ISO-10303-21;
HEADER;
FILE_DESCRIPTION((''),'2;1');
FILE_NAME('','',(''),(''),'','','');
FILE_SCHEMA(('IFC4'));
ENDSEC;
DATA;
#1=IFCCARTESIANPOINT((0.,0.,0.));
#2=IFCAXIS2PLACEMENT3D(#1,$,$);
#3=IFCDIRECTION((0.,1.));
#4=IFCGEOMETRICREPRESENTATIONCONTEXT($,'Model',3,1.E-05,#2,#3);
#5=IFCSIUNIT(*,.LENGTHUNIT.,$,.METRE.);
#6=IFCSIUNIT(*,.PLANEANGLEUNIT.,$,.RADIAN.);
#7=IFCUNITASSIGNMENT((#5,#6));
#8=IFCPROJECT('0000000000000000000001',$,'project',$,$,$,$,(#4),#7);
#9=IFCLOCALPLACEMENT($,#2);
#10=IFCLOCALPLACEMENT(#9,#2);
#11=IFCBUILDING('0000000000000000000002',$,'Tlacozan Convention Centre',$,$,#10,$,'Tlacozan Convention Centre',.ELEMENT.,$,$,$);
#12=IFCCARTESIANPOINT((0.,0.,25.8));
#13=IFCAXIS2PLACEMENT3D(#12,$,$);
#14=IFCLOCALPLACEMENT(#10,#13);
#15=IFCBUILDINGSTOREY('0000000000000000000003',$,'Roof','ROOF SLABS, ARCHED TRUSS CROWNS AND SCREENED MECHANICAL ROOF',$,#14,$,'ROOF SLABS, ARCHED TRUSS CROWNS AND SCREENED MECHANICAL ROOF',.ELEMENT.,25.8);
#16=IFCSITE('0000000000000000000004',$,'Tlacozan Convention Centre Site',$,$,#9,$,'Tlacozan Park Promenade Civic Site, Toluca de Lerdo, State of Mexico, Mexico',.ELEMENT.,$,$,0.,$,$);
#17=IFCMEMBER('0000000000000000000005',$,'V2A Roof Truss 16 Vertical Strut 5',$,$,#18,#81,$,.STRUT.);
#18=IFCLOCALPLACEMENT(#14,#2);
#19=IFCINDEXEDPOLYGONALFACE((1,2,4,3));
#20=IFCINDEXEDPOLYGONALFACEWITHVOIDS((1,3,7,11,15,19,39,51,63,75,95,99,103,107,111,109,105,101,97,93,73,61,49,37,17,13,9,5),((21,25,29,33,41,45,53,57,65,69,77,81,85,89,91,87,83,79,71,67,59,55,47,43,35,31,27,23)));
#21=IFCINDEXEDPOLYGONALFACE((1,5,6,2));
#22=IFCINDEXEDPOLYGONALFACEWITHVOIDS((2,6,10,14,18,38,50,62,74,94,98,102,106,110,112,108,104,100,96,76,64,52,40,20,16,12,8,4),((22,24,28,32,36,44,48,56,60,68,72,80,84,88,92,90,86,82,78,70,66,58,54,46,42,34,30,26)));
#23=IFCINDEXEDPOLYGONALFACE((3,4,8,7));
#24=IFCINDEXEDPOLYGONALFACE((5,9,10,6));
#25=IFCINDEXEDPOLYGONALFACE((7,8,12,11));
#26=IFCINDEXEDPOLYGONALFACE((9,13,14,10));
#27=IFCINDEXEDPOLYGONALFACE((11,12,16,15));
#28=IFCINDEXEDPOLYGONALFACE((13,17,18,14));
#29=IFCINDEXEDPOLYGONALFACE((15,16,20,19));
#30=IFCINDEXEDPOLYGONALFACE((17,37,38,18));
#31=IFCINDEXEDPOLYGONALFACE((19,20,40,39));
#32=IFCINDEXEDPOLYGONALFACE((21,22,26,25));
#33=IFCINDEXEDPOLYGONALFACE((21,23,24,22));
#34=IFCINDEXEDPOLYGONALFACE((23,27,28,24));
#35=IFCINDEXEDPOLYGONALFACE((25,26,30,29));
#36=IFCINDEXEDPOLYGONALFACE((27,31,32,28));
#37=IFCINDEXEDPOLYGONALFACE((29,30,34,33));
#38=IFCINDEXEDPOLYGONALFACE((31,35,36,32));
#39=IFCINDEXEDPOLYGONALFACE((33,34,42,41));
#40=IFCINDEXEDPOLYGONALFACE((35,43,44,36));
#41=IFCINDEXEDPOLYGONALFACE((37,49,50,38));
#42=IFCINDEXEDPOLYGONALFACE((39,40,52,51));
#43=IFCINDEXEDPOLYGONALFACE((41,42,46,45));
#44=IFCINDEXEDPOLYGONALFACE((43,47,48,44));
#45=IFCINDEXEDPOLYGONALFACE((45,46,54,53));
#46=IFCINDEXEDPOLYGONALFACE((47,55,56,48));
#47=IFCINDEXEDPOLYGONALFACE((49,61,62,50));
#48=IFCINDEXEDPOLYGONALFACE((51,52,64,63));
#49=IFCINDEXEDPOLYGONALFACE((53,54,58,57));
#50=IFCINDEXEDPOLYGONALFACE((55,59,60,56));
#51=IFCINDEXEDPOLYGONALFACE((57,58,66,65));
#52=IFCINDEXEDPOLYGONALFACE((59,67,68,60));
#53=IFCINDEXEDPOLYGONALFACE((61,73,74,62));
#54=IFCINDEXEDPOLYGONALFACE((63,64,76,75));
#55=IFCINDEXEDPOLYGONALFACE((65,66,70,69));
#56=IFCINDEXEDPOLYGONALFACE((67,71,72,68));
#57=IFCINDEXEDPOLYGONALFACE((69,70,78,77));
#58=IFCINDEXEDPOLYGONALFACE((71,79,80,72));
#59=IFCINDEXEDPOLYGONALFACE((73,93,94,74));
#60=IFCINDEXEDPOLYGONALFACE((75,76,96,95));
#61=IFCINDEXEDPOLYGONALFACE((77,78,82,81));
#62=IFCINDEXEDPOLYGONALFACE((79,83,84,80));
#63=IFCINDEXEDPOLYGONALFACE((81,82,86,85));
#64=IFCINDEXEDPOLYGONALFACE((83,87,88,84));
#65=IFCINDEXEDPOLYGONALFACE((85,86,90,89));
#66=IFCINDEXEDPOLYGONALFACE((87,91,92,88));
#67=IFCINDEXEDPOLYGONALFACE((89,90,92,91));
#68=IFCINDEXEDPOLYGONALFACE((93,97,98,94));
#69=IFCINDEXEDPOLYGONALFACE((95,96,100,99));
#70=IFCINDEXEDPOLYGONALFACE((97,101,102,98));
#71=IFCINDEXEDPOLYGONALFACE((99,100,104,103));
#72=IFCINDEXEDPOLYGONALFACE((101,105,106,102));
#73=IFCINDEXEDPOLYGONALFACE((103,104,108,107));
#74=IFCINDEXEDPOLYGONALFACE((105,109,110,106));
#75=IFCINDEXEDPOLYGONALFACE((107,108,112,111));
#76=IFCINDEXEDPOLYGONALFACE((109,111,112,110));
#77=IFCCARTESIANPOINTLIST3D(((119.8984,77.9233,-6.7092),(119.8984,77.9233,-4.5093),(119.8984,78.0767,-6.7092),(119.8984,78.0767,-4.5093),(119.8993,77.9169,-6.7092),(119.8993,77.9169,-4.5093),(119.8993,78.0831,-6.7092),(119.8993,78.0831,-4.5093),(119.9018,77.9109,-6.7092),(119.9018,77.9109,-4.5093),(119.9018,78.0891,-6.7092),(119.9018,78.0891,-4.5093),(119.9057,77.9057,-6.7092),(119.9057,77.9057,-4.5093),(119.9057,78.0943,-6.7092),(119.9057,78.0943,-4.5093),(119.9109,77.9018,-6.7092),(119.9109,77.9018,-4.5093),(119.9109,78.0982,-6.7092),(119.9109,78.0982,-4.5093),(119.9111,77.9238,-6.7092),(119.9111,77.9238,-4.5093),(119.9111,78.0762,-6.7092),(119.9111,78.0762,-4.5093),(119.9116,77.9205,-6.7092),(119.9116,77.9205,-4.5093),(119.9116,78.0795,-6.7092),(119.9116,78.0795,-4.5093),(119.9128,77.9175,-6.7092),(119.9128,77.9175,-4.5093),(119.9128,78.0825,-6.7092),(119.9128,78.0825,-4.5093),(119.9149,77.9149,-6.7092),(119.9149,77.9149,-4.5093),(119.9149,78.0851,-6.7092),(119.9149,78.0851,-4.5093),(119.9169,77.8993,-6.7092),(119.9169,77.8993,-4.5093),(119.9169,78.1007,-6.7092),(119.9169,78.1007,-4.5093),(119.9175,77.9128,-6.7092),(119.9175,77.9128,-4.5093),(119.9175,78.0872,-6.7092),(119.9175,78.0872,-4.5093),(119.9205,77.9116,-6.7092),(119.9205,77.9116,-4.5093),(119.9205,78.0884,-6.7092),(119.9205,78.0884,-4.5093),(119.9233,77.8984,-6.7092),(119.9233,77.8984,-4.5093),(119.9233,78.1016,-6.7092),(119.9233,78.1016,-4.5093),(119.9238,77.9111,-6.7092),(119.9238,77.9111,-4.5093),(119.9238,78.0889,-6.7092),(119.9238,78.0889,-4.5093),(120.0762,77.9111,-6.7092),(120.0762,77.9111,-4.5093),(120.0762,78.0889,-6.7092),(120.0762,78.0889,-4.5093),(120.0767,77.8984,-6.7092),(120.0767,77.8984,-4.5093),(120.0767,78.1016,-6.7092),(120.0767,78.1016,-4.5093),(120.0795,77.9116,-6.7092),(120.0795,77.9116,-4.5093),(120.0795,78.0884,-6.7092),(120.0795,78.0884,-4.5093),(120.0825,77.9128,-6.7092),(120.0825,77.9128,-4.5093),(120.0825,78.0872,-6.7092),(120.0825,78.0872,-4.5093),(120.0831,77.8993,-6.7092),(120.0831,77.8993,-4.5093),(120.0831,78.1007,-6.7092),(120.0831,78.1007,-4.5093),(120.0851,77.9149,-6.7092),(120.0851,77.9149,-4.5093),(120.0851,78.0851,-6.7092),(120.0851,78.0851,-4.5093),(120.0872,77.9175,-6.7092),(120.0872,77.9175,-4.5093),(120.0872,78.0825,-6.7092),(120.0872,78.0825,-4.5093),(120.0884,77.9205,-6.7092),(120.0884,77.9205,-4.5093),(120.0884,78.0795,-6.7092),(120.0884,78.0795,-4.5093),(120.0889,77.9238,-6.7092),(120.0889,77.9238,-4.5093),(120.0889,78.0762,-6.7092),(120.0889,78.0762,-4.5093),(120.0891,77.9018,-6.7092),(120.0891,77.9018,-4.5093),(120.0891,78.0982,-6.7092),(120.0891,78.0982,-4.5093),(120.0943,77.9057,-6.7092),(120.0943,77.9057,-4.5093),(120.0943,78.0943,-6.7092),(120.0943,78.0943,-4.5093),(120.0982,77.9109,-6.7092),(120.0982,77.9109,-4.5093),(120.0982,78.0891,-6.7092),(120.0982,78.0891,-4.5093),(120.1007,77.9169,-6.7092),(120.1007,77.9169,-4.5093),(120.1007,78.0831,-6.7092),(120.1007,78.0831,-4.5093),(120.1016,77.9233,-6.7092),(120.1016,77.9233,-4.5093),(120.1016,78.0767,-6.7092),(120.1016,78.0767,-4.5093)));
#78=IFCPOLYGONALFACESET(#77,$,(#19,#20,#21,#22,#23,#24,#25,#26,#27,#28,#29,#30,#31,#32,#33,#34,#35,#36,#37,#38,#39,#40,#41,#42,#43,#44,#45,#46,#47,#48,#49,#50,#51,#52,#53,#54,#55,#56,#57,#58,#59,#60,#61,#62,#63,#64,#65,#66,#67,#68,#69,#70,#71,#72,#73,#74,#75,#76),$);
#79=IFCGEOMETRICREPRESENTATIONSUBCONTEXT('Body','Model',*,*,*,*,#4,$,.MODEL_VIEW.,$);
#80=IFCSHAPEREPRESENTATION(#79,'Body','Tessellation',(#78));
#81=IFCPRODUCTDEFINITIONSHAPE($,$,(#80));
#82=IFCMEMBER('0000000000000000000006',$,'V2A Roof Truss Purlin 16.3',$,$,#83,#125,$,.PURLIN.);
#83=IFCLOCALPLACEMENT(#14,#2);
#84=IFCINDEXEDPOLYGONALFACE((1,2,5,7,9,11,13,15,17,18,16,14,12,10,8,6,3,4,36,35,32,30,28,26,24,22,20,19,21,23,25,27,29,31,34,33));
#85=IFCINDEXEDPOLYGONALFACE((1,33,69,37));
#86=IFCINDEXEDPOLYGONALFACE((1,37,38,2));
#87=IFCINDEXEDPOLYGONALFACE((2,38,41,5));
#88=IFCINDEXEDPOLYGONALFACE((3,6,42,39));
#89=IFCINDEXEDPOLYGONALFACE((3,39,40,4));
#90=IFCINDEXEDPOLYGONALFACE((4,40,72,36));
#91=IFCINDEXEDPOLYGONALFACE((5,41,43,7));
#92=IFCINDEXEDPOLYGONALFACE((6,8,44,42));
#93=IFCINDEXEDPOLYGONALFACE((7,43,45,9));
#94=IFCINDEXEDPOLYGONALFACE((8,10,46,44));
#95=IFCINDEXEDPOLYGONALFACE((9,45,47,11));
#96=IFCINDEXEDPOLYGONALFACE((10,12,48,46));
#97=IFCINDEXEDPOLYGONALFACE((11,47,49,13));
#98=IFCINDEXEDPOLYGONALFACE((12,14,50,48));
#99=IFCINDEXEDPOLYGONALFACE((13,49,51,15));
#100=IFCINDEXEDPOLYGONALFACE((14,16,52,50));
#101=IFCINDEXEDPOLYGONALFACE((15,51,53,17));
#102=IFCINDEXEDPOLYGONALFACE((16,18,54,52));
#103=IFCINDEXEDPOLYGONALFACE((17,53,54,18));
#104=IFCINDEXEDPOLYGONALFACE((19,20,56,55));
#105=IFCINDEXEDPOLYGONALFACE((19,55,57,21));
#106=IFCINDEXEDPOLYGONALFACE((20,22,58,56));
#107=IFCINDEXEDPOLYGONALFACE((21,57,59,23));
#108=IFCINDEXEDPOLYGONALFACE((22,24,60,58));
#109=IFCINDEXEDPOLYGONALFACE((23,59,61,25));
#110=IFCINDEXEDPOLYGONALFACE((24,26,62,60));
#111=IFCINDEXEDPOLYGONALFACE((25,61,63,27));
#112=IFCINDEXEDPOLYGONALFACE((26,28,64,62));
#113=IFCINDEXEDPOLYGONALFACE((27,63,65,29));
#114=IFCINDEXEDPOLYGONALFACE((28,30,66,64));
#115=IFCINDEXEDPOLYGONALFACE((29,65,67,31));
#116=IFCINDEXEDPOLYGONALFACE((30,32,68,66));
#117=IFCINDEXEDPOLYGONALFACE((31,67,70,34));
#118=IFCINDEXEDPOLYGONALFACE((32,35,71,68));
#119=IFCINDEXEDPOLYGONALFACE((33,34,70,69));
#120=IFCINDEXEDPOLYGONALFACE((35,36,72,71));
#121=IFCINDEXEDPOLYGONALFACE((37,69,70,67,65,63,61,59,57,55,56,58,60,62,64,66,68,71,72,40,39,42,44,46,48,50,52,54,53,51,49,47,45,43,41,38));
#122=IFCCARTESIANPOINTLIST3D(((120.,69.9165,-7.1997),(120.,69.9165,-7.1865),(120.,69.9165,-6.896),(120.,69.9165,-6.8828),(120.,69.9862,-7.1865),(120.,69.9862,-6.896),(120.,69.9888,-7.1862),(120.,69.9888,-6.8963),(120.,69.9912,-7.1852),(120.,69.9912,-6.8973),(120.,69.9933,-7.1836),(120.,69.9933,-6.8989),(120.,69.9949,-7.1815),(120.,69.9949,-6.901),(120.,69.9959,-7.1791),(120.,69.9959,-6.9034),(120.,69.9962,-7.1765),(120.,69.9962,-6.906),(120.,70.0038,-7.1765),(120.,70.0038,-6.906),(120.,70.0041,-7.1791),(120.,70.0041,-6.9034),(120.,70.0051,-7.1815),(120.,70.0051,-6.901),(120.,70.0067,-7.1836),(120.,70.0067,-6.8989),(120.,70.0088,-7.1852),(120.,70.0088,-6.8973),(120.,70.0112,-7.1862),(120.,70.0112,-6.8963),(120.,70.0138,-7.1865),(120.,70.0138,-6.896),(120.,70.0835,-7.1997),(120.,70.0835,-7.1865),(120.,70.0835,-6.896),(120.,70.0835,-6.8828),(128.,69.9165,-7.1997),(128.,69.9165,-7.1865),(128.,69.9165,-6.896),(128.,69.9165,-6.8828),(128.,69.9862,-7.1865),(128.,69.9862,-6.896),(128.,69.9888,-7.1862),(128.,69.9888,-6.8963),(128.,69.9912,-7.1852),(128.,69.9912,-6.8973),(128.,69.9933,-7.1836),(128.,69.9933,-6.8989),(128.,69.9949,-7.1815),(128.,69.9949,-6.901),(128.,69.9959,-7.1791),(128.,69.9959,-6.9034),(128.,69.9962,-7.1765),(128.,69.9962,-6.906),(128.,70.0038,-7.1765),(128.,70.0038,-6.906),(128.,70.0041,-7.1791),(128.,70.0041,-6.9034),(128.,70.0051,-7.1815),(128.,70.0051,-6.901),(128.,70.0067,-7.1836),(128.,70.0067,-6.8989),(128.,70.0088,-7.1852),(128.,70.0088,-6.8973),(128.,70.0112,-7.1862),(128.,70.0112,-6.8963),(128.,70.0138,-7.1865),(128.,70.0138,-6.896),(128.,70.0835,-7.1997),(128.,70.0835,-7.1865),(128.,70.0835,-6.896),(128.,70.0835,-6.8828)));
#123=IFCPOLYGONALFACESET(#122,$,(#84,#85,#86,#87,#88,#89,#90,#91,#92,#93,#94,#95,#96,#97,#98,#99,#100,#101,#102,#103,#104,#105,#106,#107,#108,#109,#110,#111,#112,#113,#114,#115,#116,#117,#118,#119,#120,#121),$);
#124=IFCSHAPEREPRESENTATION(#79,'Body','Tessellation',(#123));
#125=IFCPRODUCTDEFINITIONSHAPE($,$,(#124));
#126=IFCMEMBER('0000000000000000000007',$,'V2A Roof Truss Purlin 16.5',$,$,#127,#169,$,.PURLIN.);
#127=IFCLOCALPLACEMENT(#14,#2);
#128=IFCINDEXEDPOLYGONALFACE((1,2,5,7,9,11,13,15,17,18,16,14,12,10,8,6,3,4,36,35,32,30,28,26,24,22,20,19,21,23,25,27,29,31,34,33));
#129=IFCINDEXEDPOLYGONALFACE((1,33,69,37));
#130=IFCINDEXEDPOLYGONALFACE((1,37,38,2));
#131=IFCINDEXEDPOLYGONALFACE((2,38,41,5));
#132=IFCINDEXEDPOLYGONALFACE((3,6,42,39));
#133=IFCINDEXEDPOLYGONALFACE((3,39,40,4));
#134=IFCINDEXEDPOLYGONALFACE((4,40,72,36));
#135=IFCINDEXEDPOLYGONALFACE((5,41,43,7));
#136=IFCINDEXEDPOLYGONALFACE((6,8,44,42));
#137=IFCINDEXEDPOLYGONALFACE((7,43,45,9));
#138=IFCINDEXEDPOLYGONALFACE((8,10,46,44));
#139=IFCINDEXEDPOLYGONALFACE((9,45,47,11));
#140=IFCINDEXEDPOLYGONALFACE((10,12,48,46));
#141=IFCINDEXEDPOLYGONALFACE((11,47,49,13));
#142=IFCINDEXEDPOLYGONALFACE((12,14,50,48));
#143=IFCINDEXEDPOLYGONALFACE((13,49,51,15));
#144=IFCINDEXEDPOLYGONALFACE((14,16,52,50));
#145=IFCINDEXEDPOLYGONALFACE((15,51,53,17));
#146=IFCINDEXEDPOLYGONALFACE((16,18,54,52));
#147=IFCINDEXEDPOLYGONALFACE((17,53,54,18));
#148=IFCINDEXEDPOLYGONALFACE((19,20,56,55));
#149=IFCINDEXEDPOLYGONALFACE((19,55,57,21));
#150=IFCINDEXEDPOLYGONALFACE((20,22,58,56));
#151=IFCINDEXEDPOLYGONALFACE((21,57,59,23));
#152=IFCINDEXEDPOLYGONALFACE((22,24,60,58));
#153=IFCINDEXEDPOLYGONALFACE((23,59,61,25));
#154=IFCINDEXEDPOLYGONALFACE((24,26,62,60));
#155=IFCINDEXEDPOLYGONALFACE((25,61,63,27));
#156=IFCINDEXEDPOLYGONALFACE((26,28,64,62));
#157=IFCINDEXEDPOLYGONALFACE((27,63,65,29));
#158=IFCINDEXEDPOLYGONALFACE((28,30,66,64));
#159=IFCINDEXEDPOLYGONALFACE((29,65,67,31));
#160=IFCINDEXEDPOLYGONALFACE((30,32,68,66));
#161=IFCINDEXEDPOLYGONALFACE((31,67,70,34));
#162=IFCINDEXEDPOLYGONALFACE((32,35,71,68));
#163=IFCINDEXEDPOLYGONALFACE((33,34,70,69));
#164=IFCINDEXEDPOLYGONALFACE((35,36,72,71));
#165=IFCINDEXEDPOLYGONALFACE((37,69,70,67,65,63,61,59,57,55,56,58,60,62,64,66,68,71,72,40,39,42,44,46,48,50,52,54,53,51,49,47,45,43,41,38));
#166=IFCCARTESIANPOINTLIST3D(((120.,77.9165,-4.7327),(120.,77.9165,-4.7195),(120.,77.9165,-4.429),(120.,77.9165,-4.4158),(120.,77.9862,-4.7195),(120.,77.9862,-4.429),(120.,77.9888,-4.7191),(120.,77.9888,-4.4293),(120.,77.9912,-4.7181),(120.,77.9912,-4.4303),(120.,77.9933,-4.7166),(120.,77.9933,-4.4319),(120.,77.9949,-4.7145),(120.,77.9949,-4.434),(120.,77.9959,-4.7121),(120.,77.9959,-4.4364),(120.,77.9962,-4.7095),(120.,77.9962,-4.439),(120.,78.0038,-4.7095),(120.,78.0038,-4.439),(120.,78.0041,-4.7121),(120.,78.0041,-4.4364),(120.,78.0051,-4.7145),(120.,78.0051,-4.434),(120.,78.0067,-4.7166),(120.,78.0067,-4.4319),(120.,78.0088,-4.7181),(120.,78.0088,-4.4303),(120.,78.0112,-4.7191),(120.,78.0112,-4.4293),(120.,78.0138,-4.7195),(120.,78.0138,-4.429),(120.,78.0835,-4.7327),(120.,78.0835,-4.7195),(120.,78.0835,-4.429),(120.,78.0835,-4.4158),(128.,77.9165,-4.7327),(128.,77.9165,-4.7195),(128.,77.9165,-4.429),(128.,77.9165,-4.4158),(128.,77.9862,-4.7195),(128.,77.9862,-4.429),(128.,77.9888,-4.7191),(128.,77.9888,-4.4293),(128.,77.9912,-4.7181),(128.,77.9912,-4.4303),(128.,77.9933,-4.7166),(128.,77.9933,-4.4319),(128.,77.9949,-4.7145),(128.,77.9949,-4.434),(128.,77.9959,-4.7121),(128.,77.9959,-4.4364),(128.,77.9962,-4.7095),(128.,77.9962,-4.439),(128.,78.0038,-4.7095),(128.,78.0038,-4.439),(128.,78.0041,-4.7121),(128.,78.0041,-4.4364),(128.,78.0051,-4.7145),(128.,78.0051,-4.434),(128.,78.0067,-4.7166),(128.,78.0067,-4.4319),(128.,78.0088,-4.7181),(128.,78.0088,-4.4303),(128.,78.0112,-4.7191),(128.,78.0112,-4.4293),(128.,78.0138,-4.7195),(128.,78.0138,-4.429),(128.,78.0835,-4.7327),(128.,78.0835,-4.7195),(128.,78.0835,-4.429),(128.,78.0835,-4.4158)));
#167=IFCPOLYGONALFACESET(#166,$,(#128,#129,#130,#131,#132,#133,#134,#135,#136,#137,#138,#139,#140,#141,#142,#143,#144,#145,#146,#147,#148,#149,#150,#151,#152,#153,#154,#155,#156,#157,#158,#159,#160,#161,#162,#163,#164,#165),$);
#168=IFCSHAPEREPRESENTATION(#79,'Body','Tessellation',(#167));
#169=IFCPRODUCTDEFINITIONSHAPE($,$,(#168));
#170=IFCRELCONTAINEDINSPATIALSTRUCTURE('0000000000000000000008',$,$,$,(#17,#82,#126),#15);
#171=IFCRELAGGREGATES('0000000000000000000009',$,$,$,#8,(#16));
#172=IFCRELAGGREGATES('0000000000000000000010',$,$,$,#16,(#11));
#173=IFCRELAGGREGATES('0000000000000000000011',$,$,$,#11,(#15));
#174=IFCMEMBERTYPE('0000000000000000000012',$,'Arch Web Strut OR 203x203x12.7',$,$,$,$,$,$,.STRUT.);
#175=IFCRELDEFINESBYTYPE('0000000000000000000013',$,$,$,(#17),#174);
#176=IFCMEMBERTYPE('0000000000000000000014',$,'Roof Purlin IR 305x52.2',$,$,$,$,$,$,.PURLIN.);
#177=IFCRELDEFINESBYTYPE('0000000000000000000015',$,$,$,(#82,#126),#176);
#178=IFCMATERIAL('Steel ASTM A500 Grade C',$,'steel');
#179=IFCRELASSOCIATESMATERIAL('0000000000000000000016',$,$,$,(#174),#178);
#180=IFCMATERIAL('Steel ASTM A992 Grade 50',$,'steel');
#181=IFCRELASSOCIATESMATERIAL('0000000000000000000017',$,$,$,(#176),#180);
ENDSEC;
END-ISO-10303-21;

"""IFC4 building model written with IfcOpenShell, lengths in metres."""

from ifc_helpers import new_model, si_unit, direction, frame, origin, origin_2d, place, context, subcontext, project, spatial, hollow_rectangle, i_section, extrude, material, material_profile, profile_set, type_object, element, save


model = new_model("IFC4")

# Units and contexts
model_context = context("Model", 3, precision=1e-05, world=origin(), true_north=direction((0.0, 1.0)))
body_context = subcontext(model_context, "Body", "Model", "MODEL_VIEW")
ifc_project = project(units=[si_unit("LENGTHUNIT", "METRE"), si_unit("PLANEANGLEUNIT", "RADIAN")], contexts=[model_context])

# Site, building, storey
site_placement = place(None, origin())
site = spatial("IfcSite", under=ifc_project, at=site_placement, Name="Tlacozan Convention Centre Site", LongName="Tlacozan Park Promenade Civic Site, Toluca de Lerdo, State of Mexico, Mexico", CompositionType="ELEMENT", RefElevation=0.0)
building_placement = place(site_placement, origin())
building = spatial("IfcBuilding", under=site, at=building_placement, Name="Tlacozan Convention Centre", LongName="Tlacozan Convention Centre", CompositionType="ELEMENT")
storey_placement = place(building_placement, frame((0.0, 0.0, 25.8)))
storey = spatial("IfcBuildingStorey", under=building, at=storey_placement, Name="Roof", Description="ROOF SLABS, ARCHED TRUSS CROWNS AND SCREENED MECHANICAL ROOF", LongName="ROOF SLABS, ARCHED TRUSS CROWNS AND SCREENED MECHANICAL ROOF", CompositionType="ELEMENT", Elevation=25.8)

# Members
ifc_material_1 = material(Name="Steel ASTM A500 Grade C", Category="steel")
ifc_material_profile_1 = material_profile(ifc_material_1, hollow_rectangle(XDim=0.2031, YDim=0.2031, WallThickness=0.0127, InnerFilletRadius=0.0127, OuterFilletRadius=0.0249, at=origin_2d()), Name="OR 203x203x12.7")
ifc_profile_set_1 = profile_set([ifc_material_profile_1], Name="Steel ASTM A500 Grade C")
member_type_1 = type_object("IfcMemberType", Name="Arch Web Strut OR 203x203x12.7", PredefinedType="STRUT", material=ifc_profile_set_1)
member_1_placement = place(storey_placement, frame((120.0, 78.0, -6.7092), z_axis=(0.0, 0.0, 1.0), x_axis=(1.0, 0.0, 0.0)))
element("IfcMember", 1, at=member_1_placement, inside=storey, type_object=member_type_1, Name="V2A Roof Truss 16 Vertical Strut 5", PredefinedType="STRUT", context=body_context, shape_type="SweptSolid", body=[
    extrude(hollow_rectangle(XDim=0.2031, YDim=0.2031, WallThickness=0.0127, InnerFilletRadius=0.0127, OuterFilletRadius=0.0249, at=origin_2d()), origin(), (0.0, 0.0, 1.0), 2.2),
])
ifc_material_2 = material(Name="Steel ASTM A992 Grade 50", Category="steel")
ifc_material_profile_2 = material_profile(ifc_material_2, i_section(OverallWidth=0.167, OverallDepth=0.3169, WebThickness=0.0076, FlangeThickness=0.0132, FilletRadius=0.01, at=origin_2d()), Name="IR 305x52.2")
ifc_profile_set_2 = profile_set([ifc_material_profile_2], Name="Steel ASTM A992 Grade 50")
member_type_2 = type_object("IfcMemberType", Name="Roof Purlin IR 305x52.2", PredefinedType="PURLIN", material=ifc_profile_set_2)
for number, where, z_axis, x_axis, name in (
    (2, (120.0, 70.0, -7.0413), (1.0, 0.0, 0.0), (0.0, 1.0, 0.0), "V2A Roof Truss Purlin 16.3"),
    (3, (120.0, 78.0, -4.5742), (1.0, 0.0, 0.0), (0.0, 1.0, 0.0), "V2A Roof Truss Purlin 16.5"),
):
    element("IfcMember", number, at=place(storey_placement, frame(where, z_axis=z_axis, x_axis=x_axis)), inside=storey, type_object=member_type_2, Name=name, PredefinedType="PURLIN", context=body_context, shape_type="SweptSolid", body=[
        extrude(i_section(OverallWidth=0.167, OverallDepth=0.3169, WebThickness=0.0076, FlangeThickness=0.0132, FilletRadius=0.01, at=origin_2d()), origin(), (0.0, 0.0, 1.0), 8.0),
    ])

save(model, "model.ifc")
